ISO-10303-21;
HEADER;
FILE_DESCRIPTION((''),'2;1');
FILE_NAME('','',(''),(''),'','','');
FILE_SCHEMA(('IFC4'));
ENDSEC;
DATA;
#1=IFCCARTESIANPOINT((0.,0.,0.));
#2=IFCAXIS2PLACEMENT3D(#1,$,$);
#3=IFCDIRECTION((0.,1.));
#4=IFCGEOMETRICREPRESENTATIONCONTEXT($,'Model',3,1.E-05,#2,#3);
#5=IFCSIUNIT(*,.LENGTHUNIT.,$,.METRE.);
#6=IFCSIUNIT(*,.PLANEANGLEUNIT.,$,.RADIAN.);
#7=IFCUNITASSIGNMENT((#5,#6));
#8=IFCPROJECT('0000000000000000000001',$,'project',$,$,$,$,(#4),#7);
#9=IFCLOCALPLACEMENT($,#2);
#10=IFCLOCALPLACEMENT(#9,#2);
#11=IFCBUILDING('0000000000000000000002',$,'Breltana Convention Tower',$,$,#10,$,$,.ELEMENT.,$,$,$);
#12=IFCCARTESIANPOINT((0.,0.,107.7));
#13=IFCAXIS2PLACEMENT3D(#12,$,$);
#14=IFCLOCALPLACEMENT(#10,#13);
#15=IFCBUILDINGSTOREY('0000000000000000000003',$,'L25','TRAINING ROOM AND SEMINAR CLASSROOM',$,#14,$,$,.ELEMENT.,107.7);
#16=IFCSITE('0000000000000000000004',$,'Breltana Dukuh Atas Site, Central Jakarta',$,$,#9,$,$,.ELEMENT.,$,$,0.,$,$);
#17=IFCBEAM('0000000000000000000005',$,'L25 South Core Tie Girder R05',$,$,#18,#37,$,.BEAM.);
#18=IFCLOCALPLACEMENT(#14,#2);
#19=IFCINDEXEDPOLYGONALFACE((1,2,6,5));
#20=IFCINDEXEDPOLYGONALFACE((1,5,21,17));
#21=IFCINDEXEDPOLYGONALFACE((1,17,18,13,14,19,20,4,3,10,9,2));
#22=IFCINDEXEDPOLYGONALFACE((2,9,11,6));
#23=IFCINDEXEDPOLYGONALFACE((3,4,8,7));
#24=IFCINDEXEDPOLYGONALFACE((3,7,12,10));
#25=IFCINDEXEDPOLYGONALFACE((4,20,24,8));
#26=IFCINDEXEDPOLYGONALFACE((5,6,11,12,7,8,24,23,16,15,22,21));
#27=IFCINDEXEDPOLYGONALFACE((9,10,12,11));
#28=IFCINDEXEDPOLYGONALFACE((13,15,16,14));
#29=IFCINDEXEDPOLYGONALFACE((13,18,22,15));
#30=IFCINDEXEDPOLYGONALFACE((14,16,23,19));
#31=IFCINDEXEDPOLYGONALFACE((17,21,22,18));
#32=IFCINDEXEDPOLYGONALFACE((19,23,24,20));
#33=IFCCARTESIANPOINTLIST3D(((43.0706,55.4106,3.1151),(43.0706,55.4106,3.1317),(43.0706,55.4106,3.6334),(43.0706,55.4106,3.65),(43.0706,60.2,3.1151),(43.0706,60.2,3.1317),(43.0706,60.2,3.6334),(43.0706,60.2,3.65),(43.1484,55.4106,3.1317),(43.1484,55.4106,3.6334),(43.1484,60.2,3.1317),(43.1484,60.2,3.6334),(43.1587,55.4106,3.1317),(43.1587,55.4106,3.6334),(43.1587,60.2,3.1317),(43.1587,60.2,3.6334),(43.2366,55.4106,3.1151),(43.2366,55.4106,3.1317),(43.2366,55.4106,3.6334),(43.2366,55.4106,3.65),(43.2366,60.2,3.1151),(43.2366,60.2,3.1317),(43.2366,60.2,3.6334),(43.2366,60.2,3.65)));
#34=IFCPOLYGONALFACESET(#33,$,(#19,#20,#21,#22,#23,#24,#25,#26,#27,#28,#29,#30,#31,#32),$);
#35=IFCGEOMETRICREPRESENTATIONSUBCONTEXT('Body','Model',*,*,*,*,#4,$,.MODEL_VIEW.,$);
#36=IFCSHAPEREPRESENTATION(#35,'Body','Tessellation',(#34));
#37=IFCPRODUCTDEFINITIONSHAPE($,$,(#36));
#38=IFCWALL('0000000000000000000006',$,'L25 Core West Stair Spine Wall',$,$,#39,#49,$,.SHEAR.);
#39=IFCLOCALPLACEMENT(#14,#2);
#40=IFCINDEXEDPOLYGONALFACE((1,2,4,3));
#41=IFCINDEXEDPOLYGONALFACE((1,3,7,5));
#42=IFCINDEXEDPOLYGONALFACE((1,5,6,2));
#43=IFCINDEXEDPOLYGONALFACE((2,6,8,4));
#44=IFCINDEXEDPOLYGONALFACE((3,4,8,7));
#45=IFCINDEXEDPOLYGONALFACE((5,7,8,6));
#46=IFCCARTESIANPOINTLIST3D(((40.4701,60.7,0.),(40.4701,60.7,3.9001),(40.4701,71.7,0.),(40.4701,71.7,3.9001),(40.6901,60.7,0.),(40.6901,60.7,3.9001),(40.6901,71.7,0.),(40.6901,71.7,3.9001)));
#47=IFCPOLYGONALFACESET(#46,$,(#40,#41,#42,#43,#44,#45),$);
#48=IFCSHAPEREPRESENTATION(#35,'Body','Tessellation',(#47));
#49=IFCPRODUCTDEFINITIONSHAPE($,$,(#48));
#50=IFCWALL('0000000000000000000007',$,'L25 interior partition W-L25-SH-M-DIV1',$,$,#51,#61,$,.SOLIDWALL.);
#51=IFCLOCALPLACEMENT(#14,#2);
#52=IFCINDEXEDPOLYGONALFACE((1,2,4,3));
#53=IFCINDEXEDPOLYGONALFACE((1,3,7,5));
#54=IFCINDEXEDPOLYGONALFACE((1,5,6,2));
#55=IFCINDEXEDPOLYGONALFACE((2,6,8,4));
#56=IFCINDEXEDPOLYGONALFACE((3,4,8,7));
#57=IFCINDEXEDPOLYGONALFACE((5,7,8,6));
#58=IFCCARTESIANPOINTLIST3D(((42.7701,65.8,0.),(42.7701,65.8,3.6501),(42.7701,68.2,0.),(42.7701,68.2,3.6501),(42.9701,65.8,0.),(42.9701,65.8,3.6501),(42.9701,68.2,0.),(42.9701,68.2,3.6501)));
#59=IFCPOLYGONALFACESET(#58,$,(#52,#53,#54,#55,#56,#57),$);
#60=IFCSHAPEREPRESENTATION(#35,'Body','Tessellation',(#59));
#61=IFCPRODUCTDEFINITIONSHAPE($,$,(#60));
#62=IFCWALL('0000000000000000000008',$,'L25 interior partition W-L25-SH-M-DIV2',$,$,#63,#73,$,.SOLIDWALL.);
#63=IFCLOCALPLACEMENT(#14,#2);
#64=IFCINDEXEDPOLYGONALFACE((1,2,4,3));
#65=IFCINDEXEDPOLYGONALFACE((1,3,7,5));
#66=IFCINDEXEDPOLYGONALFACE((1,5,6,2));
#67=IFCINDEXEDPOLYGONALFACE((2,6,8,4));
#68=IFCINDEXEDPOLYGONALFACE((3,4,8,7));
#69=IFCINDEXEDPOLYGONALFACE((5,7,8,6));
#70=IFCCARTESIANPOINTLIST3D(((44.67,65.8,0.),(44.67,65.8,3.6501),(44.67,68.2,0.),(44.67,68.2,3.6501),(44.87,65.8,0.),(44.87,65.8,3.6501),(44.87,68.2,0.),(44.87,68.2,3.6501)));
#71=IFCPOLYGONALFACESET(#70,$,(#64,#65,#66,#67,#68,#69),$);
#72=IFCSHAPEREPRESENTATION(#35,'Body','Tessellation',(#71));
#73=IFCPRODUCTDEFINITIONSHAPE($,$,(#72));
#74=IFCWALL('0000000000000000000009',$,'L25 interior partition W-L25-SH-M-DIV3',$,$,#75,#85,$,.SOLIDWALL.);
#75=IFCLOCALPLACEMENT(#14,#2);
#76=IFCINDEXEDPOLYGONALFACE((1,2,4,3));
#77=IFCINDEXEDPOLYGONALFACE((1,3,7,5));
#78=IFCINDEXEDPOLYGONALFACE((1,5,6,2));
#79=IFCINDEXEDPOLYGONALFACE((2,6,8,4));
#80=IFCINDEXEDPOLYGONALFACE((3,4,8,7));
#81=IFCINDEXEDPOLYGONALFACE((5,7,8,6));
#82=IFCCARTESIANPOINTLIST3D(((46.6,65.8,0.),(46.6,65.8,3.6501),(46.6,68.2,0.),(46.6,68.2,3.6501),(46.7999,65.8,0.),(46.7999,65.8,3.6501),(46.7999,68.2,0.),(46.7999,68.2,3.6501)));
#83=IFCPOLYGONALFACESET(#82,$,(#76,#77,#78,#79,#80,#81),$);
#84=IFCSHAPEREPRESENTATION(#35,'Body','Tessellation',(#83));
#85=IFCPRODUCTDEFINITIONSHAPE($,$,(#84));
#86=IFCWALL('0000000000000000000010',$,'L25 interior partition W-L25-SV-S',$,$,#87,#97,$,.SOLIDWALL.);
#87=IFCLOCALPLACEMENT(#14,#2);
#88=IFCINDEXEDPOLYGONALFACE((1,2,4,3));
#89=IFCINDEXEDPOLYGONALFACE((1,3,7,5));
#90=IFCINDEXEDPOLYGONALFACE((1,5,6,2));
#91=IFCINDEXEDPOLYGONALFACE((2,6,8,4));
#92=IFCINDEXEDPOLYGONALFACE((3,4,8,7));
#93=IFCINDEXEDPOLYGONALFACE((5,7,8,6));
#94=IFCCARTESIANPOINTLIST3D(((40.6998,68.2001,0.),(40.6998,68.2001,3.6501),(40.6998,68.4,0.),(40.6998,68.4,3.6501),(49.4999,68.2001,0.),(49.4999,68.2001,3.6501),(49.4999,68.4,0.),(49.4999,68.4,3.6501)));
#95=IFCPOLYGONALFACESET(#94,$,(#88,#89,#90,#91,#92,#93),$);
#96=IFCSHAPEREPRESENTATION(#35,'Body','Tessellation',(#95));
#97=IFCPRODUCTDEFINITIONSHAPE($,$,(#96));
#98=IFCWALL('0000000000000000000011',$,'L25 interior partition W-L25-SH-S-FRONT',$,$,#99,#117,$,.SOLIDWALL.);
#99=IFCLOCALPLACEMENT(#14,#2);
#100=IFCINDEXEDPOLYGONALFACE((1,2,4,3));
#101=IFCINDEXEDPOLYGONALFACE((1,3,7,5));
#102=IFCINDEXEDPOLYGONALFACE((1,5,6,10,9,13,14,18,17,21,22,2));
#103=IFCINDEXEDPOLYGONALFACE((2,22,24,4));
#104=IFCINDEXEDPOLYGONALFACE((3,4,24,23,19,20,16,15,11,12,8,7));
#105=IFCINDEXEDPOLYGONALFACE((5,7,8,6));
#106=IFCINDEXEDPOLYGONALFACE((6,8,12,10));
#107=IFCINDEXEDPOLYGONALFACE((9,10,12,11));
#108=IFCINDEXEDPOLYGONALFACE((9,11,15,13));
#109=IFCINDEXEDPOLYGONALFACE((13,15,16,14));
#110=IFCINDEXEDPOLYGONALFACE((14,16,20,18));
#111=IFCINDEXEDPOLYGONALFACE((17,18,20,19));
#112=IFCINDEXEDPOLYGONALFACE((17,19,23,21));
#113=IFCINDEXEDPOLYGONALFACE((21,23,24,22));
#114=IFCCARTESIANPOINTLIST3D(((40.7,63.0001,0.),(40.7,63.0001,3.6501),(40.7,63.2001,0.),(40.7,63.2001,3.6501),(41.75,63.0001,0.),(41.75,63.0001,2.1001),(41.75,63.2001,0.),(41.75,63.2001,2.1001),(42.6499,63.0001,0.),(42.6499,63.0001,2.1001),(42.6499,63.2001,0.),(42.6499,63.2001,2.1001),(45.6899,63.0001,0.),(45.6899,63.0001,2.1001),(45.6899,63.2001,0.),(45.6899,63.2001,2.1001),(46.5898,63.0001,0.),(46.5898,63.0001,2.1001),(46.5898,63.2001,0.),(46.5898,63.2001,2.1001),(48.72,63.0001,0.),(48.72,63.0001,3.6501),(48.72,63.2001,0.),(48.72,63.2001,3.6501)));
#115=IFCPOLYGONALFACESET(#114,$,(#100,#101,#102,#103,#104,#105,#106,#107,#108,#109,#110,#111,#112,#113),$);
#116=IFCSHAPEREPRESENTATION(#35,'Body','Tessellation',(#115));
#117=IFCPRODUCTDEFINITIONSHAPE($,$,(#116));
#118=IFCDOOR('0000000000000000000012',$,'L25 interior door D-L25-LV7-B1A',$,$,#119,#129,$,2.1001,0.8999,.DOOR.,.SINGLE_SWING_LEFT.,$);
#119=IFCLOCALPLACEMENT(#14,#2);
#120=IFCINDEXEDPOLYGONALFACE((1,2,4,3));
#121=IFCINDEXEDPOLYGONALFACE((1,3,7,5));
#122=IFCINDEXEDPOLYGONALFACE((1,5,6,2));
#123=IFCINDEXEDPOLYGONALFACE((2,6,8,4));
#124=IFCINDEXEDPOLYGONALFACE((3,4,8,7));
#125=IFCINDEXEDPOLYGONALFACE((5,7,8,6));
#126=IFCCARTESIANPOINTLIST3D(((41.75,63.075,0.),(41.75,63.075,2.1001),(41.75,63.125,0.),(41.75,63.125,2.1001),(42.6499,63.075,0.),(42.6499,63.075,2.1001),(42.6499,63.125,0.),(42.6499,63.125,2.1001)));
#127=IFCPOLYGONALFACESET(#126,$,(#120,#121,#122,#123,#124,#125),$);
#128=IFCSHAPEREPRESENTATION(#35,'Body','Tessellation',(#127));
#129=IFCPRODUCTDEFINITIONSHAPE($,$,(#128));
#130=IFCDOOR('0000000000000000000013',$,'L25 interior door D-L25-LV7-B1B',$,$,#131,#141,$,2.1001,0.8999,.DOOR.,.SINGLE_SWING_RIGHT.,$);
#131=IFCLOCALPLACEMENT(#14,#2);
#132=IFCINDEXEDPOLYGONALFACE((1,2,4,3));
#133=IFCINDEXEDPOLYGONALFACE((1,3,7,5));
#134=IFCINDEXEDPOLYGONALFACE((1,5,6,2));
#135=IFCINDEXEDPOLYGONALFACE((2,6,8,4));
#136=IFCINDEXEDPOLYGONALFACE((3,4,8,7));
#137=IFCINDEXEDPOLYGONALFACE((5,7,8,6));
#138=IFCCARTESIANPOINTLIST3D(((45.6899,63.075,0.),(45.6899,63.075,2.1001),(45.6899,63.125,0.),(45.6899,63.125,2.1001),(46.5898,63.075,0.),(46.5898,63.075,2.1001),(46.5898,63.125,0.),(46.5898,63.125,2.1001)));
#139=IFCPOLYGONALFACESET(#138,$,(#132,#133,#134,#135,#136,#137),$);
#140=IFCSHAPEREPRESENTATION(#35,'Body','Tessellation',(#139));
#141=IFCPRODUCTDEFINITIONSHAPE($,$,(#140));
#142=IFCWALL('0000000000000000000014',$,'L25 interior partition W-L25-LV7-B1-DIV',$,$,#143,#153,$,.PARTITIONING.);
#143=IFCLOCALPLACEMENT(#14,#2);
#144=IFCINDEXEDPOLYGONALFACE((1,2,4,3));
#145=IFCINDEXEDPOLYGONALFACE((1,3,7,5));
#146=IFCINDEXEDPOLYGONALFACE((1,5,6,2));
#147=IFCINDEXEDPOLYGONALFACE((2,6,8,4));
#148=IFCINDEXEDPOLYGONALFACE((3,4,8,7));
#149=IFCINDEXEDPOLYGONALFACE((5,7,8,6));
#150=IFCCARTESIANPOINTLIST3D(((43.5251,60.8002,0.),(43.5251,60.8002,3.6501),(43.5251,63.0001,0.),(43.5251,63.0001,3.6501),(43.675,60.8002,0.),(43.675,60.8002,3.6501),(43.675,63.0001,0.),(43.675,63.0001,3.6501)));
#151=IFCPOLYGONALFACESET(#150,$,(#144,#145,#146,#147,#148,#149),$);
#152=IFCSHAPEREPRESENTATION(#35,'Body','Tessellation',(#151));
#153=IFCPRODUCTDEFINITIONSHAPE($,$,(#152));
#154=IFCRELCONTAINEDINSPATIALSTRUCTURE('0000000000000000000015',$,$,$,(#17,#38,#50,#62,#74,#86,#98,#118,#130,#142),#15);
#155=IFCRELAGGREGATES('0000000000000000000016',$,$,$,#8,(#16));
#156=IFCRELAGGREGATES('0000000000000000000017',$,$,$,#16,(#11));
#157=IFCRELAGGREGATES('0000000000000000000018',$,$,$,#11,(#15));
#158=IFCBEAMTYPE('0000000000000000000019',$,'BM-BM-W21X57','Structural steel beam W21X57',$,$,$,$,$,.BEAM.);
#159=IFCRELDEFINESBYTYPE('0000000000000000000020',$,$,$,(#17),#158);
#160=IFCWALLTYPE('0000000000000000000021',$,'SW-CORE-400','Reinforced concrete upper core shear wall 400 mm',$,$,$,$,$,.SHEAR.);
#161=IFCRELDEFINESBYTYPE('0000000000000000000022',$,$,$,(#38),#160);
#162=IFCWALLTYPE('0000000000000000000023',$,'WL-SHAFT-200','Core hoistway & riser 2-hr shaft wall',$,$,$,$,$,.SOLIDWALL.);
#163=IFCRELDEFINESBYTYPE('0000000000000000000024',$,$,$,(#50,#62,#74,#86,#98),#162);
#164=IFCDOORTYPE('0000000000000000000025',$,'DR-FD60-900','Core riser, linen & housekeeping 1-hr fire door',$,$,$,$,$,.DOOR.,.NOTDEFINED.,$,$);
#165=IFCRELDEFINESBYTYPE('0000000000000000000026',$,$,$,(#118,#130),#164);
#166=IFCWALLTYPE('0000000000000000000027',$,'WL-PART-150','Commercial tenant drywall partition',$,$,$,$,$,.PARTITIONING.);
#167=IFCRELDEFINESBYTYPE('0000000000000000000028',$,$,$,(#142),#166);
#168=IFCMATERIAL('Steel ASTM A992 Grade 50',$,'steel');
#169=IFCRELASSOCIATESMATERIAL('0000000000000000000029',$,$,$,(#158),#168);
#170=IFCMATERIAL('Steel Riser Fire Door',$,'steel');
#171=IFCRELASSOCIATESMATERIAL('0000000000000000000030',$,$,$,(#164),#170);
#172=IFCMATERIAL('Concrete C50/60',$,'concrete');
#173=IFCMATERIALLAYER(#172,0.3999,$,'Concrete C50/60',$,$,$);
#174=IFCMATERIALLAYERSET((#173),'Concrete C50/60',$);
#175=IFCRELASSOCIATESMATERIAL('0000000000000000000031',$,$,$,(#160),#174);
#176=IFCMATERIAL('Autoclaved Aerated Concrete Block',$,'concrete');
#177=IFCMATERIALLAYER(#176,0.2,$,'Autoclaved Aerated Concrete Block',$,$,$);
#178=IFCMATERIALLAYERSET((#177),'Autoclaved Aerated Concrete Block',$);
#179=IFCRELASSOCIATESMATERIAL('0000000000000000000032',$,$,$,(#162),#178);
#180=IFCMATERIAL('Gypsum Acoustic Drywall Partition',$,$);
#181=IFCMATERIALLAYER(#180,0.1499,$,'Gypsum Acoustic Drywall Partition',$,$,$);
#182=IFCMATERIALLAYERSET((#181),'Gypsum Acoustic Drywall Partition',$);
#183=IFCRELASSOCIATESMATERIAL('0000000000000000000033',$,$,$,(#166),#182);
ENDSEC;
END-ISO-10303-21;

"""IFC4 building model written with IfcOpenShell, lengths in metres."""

from ifc_helpers import new_model, si_unit, direction, frame, frame_2d, origin, origin_2d, place, context, subcontext, project, spatial, rectangle, i_section, extrude, source, transform, mapped, material, layer, layer_set, material_profile, profile_set, type_object, type_shapes, element, fill, save


model = new_model("IFC4")

# Units and contexts
model_context = context("Model", 3, precision=1e-05, world=origin(), true_north=direction((0.0, 1.0)))
body_context = subcontext(model_context, "Body", "Model", "MODEL_VIEW")
ifc_project = project(units=[si_unit("LENGTHUNIT", "METRE"), si_unit("PLANEANGLEUNIT", "RADIAN")], contexts=[model_context])

# Site, building, storey
site_placement = place(None, origin())
site = spatial("IfcSite", under=ifc_project, at=site_placement, Name="Breltana Dukuh Atas Site, Central Jakarta", CompositionType="ELEMENT", RefElevation=0.0)
building_placement = place(site_placement, origin())
building = spatial("IfcBuilding", under=site, at=building_placement, Name="Breltana Convention Tower", CompositionType="ELEMENT")
storey_placement = place(building_placement, frame((0.0, 0.0, 107.7)))
storey = spatial("IfcBuildingStorey", under=building, at=storey_placement, Name="L25", Description="TRAINING ROOM AND SEMINAR CLASSROOM", CompositionType="ELEMENT", Elevation=107.7)

# Beam
ifc_material_1 = material(Name="Steel ASTM A992 Grade 50", Category="steel")
ifc_material_profile = material_profile(ifc_material_1, i_section(OverallWidth=0.166, OverallDepth=0.5349, WebThickness=0.0103, FlangeThickness=0.0166, at=origin_2d()), Name="W21X57")
ifc_profile_set = profile_set([ifc_material_profile], Name="Steel ASTM A992 Grade 50")
beam_type = type_object("IfcBeamType", Name="BM-BM-W21X57", Description="Structural steel beam W21X57", PredefinedType="BEAM", material=ifc_profile_set)
shared_shape_1 = source(origin(), body_context, "Body", "SweptSolid", [
    extrude(i_section(OverallWidth=0.166, OverallDepth=0.5349, WebThickness=0.0103, FlangeThickness=0.0166, at=origin_2d()), origin(), (0.0, 0.0, 1.0), 4.7893),
])
beam_placement = place(storey_placement, frame((43.1536, 60.2, 3.3826), z_axis=(0.0, -1.0, 0.0), x_axis=(1.0, 0.0, 0.0)))
element("IfcBeam", 1, at=beam_placement, inside=storey, type_object=beam_type, Name="L25 South Core Tie Girder R05", PredefinedType="BEAM", context=body_context, shape_type="MappedRepresentation", body=[
    mapped(shared_shape_1, transform((0.0, 0.0, 0.0), scale=1.0)),
])

# Shared definitions
ifc_material_2 = material(Name="Steel Riser Fire Door", Category="steel")
door_type_1 = type_object("IfcDoorType", Name="DR-FD60-900", Description="Core riser, linen & housekeeping 1-hr fire door", OperationType="NOTDEFINED", PredefinedType="DOOR", material=ifc_material_2)
shared_shape_2 = source(origin(), body_context, "Body", "SweptSolid", [
    extrude(rectangle(XDim=0.8999, YDim=2.1001, at=frame_2d((0.45, 1.05))), frame((0.0, 0.0249, 0.0), z_axis=(0.0, -1.0, 0.0), x_axis=(1.0, 0.0, 0.0)), (0.0, 0.0, 1.0), 0.05),
])
type_shapes(door_type_1, [shared_shape_2])

# Walls
ifc_material_3 = material(Name="Concrete C50/60", Category="concrete")
ifc_layer_1 = layer(ifc_material_3, 0.3999, Name="Concrete C50/60")
ifc_layer_set_1 = layer_set([ifc_layer_1], Name="Concrete C50/60")
wall_type_1 = type_object("IfcWallType", Name="SW-CORE-400", Description="Reinforced concrete upper core shear wall 400 mm", PredefinedType="SHEAR", material=ifc_layer_set_1)
shared_shape_3 = source(origin(), body_context, "Body", "SweptSolid", [
    extrude(rectangle(XDim=11.0, YDim=0.22, at=frame_2d((5.5, 0.0))), origin(), (0.0, 0.0, 1.0), 3.9001),
])
wall_1_placement = place(storey_placement, frame((40.5801, 60.7, 0.0), z_axis=(0.0, 0.0, 1.0), x_axis=(0.0, 1.0, 0.0)))
element("IfcWall", 2, at=wall_1_placement, inside=storey, type_object=wall_type_1, Name="L25 Core West Stair Spine Wall", PredefinedType="SHEAR", context=body_context, shape_type="MappedRepresentation", body=[
    mapped(shared_shape_3, transform((0.0, 0.0, 0.0), scale=1.0)),
])
ifc_material_4 = material(Name="Autoclaved Aerated Concrete Block", Category="concrete")
ifc_layer_2 = layer(ifc_material_4, 0.2, Name="Autoclaved Aerated Concrete Block")
ifc_layer_set_2 = layer_set([ifc_layer_2], Name="Autoclaved Aerated Concrete Block")
wall_type_2 = type_object("IfcWallType", Name="WL-SHAFT-200", Description="Core hoistway & riser 2-hr shaft wall", PredefinedType="SOLIDWALL", material=ifc_layer_set_2)
shared_shape_4 = source(origin(), body_context, "Body", "SweptSolid", [
    extrude(rectangle(XDim=2.3999, YDim=0.2, at=frame_2d((1.2, 0.0))), origin(), (0.0, 0.0, 1.0), 3.6501),
])
for number, where, z_axis, x_axis, name in (
    (3, (42.8701, 65.8, 0.0), (0.0, 0.0, 1.0), (0.0, 1.0, 0.0), "L25 interior partition W-L25-SH-M-DIV1"),
    (4, (44.77, 65.8, 0.0), (0.0, 0.0, 1.0), (0.0, 1.0, 0.0), "L25 interior partition W-L25-SH-M-DIV2"),
    (5, (46.7, 65.8, 0.0), (0.0, 0.0, 1.0), (0.0, 1.0, 0.0), "L25 interior partition W-L25-SH-M-DIV3"),
):
    element("IfcWall", number, at=place(storey_placement, frame(where, z_axis=z_axis, x_axis=x_axis)), inside=storey, type_object=wall_type_2, Name=name, PredefinedType="SOLIDWALL", context=body_context, shape_type="MappedRepresentation", body=[
        mapped(shared_shape_4, transform((0.0, 0.0, 0.0), scale=1.0)),
    ])
shared_shape_5 = source(origin(), body_context, "Body", "SweptSolid", [
    extrude(rectangle(XDim=8.8, YDim=0.2, at=frame_2d((4.3999, 0.0))), origin(), (0.0, 0.0, 1.0), 3.6501),
])
wall_2_placement = place(storey_placement, frame((40.7, 68.3, 0.0), z_axis=(0.0, 0.0, 1.0), x_axis=(1.0, 0.0, 0.0)))
element("IfcWall", 6, at=wall_2_placement, inside=storey, type_object=wall_type_2, Name="L25 interior partition W-L25-SV-S", PredefinedType="SOLIDWALL", context=body_context, shape_type="MappedRepresentation", body=[
    mapped(shared_shape_5, transform((0.0, 0.0, 0.0), scale=1.0)),
])

# Wall, openings, doors
shared_shape_6 = source(origin(), body_context, "Body", "SweptSolid", [
    extrude(rectangle(XDim=8.02, YDim=0.2, at=frame_2d((4.01, 0.0))), origin(), (0.0, 0.0, 1.0), 3.6501),
])
wall_3_placement = place(storey_placement, frame((40.7, 63.1001, 0.0), z_axis=(0.0, 0.0, 1.0), x_axis=(1.0, 0.0, 0.0)))
wall_3 = element("IfcWall", 7, at=wall_3_placement, inside=storey, type_object=wall_type_2, Name="L25 interior partition W-L25-SH-S-FRONT", PredefinedType="SOLIDWALL", context=body_context, shape_type="MappedRepresentation", body=[
    mapped(shared_shape_6, transform((0.0, 0.0, 0.0), scale=1.0)),
])
opening_1_placement = place(wall_3_placement, frame((1.05, 0.0, 0.0)))
opening_1 = element("IfcOpeningElement", 8, at=opening_1_placement, cuts=wall_3, PredefinedType="OPENING", context=body_context, shape_type="SweptSolid", body=[
    extrude(rectangle(XDim=0.8999, YDim=2.1001, at=frame_2d((0.45, 1.05))), frame((0.0, 0.1099, 0.0), z_axis=(0.0, -1.0, 0.0), x_axis=(1.0, 0.0, 0.0)), (0.0, 0.0, 1.0), 0.22),
])
opening_2_placement = place(wall_3_placement, frame((4.99, 0.0, 0.0)))
opening_2 = element("IfcOpeningElement", 9, at=opening_2_placement, cuts=wall_3, PredefinedType="OPENING", context=body_context, shape_type="SweptSolid", body=[
    extrude(rectangle(XDim=0.8999, YDim=2.1001, at=frame_2d((0.45, 1.05))), frame((0.0, 0.1099, 0.0), z_axis=(0.0, -1.0, 0.0), x_axis=(1.0, 0.0, 0.0)), (0.0, 0.0, 1.0), 0.22),
])
door_1_placement = place(opening_1_placement, origin())
door_1 = element("IfcDoor", 10, at=door_1_placement, inside=storey, type_object=door_type_1, Name="L25 interior door D-L25-LV7-B1A", OperationType="SINGLE_SWING_LEFT", OverallHeight=2.1001, OverallWidth=0.8999, PredefinedType="DOOR", context=body_context, shape_type="MappedRepresentation", body=[
    mapped(shared_shape_2, transform((0.0, 0.0, 0.0), scale=1.0)),
])
fill(opening_1, door_1)
door_2_placement = place(opening_2_placement, origin())
door_2 = element("IfcDoor", 11, at=door_2_placement, inside=storey, type_object=door_type_1, Name="L25 interior door D-L25-LV7-B1B", OperationType="SINGLE_SWING_RIGHT", OverallHeight=2.1001, OverallWidth=0.8999, PredefinedType="DOOR", context=body_context, shape_type="MappedRepresentation", body=[
    mapped(shared_shape_2, transform((0.0, 0.0, 0.0), scale=1.0)),
])
fill(opening_2, door_2)

# Wall
ifc_material_5 = material(Name="Gypsum Acoustic Drywall Partition")
ifc_layer_3 = layer(ifc_material_5, 0.1499, Name="Gypsum Acoustic Drywall Partition")
ifc_layer_set_3 = layer_set([ifc_layer_3], Name="Gypsum Acoustic Drywall Partition")
wall_type_3 = type_object("IfcWallType", Name="WL-PART-150", Description="Commercial tenant drywall partition", PredefinedType="PARTITIONING", material=ifc_layer_set_3)
shared_shape_7 = source(origin(), body_context, "Body", "SweptSolid", [
    extrude(rectangle(XDim=2.2, YDim=0.1499, at=frame_2d((1.1001, 0.0))), origin(), (0.0, 0.0, 1.0), 3.6501),
])
wall_4_placement = place(storey_placement, frame((43.6001, 60.8, 0.0), z_axis=(0.0, 0.0, 1.0), x_axis=(0.0, 1.0, 0.0)))
element("IfcWall", 12, at=wall_4_placement, inside=storey, type_object=wall_type_3, Name="L25 interior partition W-L25-LV7-B1-DIV", PredefinedType="PARTITIONING", context=body_context, shape_type="MappedRepresentation", body=[
    mapped(shared_shape_7, transform((0.0, 0.0, 0.0), scale=1.0)),
])

save(model, "model.ifc")
